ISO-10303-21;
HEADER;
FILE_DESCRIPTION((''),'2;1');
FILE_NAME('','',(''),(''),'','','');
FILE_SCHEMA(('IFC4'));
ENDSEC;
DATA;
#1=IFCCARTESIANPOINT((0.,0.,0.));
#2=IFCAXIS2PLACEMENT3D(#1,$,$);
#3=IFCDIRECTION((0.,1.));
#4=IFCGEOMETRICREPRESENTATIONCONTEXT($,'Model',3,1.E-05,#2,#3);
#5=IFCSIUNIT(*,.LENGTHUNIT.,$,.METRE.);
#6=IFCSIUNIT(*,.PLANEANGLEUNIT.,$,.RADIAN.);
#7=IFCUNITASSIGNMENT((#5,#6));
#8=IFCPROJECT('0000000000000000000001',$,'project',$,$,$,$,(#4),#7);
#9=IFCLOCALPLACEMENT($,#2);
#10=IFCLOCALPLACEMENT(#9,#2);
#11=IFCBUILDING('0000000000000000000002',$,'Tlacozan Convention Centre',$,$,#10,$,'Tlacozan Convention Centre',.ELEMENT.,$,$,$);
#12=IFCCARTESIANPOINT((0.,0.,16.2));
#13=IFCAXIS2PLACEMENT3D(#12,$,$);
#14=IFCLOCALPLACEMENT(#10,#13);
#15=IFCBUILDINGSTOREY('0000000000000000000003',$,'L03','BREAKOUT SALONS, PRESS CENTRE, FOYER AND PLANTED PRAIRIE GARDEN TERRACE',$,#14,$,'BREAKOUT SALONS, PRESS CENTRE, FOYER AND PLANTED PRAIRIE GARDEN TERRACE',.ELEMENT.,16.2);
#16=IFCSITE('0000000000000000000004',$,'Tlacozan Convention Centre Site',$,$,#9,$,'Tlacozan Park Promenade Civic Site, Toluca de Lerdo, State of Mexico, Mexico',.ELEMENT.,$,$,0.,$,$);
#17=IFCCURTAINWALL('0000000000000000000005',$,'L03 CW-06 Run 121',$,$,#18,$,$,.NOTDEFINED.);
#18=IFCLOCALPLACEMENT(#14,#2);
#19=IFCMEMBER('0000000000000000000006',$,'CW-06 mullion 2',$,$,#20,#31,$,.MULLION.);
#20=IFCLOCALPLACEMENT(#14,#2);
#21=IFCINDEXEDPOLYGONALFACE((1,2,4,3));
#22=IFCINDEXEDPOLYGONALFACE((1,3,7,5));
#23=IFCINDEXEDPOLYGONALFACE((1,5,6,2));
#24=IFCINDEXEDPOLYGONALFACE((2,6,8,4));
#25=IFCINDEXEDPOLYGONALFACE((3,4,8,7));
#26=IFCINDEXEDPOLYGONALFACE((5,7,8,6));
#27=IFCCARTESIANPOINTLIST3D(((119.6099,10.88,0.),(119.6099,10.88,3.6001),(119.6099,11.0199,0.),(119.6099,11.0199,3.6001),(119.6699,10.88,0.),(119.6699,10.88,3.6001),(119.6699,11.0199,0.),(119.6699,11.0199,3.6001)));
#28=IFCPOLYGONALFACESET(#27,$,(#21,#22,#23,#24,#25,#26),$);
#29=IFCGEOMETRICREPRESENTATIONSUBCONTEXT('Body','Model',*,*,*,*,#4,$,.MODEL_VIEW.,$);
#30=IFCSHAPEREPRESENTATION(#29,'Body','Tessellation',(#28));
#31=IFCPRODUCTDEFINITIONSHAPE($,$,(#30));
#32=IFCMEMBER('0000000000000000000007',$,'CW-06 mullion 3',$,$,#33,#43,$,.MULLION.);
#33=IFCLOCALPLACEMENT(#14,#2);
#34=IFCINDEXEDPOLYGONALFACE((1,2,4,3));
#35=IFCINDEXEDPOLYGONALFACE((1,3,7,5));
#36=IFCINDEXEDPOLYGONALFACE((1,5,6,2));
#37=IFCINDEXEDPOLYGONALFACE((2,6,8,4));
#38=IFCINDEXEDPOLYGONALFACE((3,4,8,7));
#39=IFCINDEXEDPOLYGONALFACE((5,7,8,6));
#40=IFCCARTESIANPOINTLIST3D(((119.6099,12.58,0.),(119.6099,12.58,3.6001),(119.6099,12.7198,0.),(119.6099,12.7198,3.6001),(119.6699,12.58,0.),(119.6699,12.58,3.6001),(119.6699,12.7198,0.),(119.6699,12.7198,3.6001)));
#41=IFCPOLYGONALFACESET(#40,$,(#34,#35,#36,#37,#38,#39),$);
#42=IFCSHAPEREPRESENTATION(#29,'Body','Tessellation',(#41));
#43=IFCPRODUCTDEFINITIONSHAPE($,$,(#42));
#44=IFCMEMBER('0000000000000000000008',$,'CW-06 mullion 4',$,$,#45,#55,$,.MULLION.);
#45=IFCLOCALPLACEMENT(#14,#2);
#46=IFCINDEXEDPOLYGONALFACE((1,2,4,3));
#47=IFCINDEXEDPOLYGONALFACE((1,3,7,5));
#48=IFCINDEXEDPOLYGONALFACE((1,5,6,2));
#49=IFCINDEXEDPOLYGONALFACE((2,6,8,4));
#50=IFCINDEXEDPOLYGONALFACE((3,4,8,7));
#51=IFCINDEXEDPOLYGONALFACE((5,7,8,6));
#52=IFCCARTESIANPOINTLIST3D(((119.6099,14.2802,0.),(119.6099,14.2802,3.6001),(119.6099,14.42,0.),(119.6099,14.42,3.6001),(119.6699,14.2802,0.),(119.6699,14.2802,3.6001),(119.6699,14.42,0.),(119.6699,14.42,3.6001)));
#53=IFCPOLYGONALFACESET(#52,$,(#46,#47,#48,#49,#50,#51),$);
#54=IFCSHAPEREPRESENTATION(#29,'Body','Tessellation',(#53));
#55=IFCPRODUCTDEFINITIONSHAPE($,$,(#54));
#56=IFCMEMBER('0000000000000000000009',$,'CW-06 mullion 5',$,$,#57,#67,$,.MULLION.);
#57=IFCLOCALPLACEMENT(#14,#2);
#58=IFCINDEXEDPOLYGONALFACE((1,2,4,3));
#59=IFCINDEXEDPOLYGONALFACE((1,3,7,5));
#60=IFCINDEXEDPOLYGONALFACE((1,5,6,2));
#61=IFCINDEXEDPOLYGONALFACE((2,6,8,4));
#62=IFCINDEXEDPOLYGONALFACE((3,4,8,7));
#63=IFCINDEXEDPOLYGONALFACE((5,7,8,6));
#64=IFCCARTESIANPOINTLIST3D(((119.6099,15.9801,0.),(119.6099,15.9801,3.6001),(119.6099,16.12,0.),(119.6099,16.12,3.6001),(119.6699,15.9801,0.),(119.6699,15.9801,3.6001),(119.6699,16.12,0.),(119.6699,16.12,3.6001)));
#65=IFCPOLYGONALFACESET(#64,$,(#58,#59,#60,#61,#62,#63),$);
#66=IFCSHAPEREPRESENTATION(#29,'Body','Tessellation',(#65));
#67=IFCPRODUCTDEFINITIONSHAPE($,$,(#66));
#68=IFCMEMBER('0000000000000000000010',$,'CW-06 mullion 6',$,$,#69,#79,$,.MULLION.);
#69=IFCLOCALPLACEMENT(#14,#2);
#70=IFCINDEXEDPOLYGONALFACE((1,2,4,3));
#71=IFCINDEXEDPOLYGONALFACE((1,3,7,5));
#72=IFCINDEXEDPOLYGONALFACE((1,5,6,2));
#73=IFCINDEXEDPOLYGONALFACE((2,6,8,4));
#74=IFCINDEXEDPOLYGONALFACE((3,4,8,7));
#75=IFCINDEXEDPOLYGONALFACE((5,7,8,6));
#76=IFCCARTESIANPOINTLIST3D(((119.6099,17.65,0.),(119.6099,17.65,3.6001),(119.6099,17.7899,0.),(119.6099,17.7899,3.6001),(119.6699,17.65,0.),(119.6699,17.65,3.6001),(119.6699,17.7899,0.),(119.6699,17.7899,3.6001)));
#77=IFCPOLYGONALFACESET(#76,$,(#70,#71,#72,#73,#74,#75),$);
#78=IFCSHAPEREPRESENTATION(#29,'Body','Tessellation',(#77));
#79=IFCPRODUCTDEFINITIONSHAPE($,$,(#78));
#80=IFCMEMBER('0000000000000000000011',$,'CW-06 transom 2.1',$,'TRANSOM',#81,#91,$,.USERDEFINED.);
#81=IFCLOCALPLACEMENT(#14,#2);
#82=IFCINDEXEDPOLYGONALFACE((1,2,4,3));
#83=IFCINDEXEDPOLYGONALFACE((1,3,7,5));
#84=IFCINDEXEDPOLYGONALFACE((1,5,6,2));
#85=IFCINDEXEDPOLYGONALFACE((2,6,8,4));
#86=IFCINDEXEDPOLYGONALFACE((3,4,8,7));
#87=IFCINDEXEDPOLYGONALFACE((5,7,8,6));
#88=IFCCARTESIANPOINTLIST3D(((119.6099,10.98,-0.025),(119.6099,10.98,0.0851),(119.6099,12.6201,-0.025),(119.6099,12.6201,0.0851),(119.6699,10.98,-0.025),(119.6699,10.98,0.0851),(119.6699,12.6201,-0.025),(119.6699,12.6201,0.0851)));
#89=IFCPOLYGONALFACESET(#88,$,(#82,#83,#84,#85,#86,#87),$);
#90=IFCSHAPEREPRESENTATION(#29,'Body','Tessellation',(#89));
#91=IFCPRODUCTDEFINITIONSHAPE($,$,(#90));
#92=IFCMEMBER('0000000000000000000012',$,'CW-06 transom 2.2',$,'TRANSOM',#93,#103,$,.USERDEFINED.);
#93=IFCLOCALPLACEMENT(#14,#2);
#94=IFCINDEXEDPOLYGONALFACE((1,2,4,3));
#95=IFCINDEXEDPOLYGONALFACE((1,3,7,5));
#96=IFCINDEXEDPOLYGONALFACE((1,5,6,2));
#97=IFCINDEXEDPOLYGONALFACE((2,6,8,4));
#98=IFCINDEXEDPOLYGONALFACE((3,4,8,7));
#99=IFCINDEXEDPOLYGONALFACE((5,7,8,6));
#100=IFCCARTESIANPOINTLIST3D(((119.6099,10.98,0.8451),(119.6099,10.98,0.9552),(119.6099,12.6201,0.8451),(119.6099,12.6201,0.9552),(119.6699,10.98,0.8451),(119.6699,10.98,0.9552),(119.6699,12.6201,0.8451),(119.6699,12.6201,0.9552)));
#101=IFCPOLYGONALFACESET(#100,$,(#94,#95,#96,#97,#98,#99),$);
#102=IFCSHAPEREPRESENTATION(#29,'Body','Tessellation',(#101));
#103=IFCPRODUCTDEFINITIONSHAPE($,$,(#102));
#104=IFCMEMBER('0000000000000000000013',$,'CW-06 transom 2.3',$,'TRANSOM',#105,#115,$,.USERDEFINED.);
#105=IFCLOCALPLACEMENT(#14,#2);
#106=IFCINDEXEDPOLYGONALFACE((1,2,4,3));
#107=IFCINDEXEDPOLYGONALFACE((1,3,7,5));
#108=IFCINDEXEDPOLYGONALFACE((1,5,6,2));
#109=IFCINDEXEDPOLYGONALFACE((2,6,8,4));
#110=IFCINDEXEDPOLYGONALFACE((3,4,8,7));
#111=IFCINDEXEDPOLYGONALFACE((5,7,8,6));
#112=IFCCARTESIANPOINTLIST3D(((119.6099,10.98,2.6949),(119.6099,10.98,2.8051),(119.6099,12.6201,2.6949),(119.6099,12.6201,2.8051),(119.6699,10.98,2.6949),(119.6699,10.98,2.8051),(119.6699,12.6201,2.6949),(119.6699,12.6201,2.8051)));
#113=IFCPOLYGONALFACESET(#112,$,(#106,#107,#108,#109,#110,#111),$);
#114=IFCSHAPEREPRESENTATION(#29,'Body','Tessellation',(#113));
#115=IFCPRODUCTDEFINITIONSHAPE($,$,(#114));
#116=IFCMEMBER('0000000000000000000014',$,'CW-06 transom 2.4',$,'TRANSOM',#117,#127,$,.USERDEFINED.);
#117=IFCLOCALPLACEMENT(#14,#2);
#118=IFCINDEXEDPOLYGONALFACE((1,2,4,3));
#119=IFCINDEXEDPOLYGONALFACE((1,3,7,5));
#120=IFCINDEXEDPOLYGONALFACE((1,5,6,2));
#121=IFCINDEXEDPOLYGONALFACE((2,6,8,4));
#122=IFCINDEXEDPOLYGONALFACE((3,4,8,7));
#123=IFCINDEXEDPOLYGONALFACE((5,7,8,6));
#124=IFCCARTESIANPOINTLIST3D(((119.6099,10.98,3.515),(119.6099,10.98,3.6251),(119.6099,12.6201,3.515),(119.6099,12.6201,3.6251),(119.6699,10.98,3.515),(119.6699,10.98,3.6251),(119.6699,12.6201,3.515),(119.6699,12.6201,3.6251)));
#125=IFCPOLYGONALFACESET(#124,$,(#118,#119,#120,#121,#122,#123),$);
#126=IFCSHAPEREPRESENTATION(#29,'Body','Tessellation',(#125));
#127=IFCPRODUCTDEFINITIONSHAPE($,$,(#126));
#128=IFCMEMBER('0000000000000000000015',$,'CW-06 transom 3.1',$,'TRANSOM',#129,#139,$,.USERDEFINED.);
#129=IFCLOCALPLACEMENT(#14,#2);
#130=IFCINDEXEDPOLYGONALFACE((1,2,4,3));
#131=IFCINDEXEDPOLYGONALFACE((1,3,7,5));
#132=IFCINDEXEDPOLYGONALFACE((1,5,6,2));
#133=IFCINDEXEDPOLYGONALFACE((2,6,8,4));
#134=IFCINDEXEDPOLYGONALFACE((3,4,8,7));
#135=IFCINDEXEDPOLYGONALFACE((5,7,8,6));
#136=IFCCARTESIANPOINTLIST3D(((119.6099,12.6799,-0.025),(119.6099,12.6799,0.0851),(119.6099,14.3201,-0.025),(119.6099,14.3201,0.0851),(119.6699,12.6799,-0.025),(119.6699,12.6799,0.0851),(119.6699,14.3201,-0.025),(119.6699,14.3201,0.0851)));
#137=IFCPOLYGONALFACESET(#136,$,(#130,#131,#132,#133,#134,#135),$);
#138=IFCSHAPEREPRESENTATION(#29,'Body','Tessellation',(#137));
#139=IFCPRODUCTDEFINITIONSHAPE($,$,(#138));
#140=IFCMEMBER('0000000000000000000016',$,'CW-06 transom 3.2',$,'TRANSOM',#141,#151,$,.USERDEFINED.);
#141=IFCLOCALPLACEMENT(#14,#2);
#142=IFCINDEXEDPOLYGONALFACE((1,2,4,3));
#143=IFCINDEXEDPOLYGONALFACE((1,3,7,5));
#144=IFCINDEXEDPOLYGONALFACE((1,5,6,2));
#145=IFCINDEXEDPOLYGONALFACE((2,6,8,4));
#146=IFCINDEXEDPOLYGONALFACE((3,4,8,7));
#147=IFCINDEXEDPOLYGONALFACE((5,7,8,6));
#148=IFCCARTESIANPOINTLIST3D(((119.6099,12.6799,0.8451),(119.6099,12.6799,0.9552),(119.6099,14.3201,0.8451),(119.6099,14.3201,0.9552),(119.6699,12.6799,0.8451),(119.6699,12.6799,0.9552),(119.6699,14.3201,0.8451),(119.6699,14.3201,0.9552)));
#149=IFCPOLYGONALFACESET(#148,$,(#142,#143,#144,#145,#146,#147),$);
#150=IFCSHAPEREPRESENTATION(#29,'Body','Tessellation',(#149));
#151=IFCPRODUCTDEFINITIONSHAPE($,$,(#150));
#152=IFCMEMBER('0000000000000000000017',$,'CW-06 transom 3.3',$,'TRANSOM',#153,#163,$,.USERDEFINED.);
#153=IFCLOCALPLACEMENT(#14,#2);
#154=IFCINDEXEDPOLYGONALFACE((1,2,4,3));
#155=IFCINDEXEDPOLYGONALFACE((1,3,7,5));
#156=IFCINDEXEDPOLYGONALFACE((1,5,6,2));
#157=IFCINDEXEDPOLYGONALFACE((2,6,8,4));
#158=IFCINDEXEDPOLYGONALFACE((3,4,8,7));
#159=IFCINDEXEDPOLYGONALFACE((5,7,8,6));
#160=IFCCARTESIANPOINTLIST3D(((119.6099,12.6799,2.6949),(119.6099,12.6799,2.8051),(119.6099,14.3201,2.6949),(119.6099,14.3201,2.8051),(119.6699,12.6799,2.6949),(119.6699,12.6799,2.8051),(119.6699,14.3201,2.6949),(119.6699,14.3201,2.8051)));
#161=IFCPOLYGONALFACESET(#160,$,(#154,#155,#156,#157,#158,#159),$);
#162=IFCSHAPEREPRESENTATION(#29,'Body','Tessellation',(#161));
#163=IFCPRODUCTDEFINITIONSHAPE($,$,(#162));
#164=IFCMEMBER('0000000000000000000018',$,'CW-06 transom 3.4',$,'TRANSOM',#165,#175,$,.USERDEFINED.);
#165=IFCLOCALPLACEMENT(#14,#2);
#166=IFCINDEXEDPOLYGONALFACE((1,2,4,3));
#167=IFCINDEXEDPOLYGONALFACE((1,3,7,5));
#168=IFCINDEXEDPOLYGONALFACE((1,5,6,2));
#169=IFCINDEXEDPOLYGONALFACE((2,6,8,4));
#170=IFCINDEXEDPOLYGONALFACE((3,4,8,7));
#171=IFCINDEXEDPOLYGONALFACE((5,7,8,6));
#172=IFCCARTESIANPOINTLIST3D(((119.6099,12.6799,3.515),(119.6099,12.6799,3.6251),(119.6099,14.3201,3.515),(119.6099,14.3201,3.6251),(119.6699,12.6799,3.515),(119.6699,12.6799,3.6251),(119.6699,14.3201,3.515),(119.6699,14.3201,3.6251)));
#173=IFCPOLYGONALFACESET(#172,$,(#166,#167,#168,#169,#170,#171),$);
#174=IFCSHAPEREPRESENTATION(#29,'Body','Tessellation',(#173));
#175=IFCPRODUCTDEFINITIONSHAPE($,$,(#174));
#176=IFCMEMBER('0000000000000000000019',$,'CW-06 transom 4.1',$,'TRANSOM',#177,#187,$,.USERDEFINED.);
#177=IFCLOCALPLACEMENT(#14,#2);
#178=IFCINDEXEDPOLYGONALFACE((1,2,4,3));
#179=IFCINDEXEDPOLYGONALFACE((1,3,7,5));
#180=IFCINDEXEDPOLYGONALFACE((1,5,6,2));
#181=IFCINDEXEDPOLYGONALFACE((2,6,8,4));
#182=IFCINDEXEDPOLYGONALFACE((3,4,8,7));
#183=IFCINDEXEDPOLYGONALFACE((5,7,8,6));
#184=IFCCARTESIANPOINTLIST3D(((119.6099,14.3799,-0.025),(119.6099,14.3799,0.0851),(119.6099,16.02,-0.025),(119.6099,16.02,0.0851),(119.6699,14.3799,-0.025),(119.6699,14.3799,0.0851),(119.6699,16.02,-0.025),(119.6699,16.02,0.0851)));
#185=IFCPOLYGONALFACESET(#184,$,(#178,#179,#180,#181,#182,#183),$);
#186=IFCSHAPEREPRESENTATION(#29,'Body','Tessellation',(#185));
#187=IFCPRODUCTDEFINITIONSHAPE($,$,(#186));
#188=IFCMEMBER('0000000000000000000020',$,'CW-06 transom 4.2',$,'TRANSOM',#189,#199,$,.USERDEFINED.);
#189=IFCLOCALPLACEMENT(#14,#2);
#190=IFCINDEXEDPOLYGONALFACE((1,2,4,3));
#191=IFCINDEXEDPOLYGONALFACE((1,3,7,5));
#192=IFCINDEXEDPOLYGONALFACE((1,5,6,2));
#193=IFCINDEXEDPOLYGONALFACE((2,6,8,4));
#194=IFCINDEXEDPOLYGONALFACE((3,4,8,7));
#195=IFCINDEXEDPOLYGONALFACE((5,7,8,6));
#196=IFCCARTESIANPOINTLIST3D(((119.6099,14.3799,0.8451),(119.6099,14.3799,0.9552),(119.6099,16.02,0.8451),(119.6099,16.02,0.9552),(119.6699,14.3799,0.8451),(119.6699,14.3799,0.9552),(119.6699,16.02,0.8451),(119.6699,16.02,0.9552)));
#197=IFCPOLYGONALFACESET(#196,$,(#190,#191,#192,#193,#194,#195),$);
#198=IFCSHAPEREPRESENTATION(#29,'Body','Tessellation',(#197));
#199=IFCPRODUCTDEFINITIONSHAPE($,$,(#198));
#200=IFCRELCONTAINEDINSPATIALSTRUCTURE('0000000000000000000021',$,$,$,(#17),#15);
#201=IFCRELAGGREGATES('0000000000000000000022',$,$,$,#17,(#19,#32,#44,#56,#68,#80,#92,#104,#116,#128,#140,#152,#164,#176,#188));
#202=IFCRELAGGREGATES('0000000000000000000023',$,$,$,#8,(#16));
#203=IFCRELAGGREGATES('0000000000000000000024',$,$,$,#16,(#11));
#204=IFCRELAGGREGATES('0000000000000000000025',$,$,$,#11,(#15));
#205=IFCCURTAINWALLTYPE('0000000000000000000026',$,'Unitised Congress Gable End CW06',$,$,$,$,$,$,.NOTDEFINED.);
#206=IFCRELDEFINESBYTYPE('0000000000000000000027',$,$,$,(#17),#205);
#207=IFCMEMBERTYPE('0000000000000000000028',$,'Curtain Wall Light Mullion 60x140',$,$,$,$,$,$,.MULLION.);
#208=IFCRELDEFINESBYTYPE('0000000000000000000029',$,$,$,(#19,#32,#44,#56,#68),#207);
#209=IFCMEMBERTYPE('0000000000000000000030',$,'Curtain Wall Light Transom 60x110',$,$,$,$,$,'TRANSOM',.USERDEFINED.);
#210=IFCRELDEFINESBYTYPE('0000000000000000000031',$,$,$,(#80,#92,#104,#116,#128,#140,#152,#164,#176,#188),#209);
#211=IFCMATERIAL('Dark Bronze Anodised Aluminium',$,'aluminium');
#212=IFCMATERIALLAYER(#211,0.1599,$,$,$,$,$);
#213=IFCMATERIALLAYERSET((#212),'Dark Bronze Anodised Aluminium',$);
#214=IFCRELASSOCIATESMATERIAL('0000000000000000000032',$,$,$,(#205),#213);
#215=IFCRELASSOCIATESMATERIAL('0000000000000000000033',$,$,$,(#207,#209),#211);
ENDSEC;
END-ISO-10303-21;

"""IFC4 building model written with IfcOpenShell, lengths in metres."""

from ifc_helpers import new_model, si_unit, direction, frame, origin, origin_2d, place, context, subcontext, project, spatial, rectangle, extrude, material, layer, layer_set, material_profile, profile_set, type_object, element, aggregate, save


model = new_model("IFC4")

# Units and contexts
model_context = context("Model", 3, precision=1e-05, world=origin(), true_north=direction((0.0, 1.0)))
body_context = subcontext(model_context, "Body", "Model", "MODEL_VIEW")
ifc_project = project(units=[si_unit("LENGTHUNIT", "METRE"), si_unit("PLANEANGLEUNIT", "RADIAN")], contexts=[model_context])

# Site, building, storey
site_placement = place(None, origin())
site = spatial("IfcSite", under=ifc_project, at=site_placement, Name="Tlacozan Convention Centre Site", LongName="Tlacozan Park Promenade Civic Site, Toluca de Lerdo, State of Mexico, Mexico", CompositionType="ELEMENT", RefElevation=0.0)
building_placement = place(site_placement, origin())
building = spatial("IfcBuilding", under=site, at=building_placement, Name="Tlacozan Convention Centre", LongName="Tlacozan Convention Centre", CompositionType="ELEMENT")
storey_placement = place(building_placement, frame((0.0, 0.0, 16.2)))
storey = spatial("IfcBuildingStorey", under=building, at=storey_placement, Name="L03", Description="BREAKOUT SALONS, PRESS CENTRE, FOYER AND PLANTED PRAIRIE GARDEN TERRACE", LongName="BREAKOUT SALONS, PRESS CENTRE, FOYER AND PLANTED PRAIRIE GARDEN TERRACE", CompositionType="ELEMENT", Elevation=16.2)

# Curtain wall, members
ifc_material_1 = material(Name="Dark Bronze Anodised Aluminium", Category="aluminium")
ifc_layer_1 = layer(ifc_material_1, 0.1599)
ifc_layer_set_1 = layer_set([ifc_layer_1], Name="Dark Bronze Anodised Aluminium")
curtain_wall_type = type_object("IfcCurtainWallType", Name="Unitised Congress Gable End CW06", PredefinedType="NOTDEFINED", material=ifc_layer_set_1)
curtain_wall_placement = place(storey_placement, origin())
curtain_wall = element("IfcCurtainWall", 1, at=curtain_wall_placement, inside=storey, type_object=curtain_wall_type, Name="L03 CW-06 Run 121", PredefinedType="NOTDEFINED")
ifc_material_profile_1 = material_profile(ifc_material_1, rectangle(XDim=0.0601, YDim=0.1399, at=origin_2d()), Name="ALU 60x140")
ifc_profile_set_1 = profile_set([ifc_material_profile_1], Name="Dark Bronze Anodised Aluminium")
member_type_1 = type_object("IfcMemberType", Name="Curtain Wall Light Mullion 60x140", PredefinedType="MULLION", material=ifc_profile_set_1)
member_1_placement = place(storey_placement, frame((119.6399, 10.95, 0.0), z_axis=(0.0, 0.0, 1.0), x_axis=(-1.0, 0.0, 0.0)))
member_1 = element("IfcMember", 2, at=member_1_placement, type_object=member_type_1, Name="CW-06 mullion 2", PredefinedType="MULLION", context=body_context, shape_type="SweptSolid", body=[
    extrude(rectangle(XDim=0.0601, YDim=0.1399, at=origin_2d()), origin(), (0.0, 0.0, 1.0), 3.6001),
])
member_2_placement = place(storey_placement, frame((119.6399, 12.6499, 0.0), z_axis=(0.0, 0.0, 1.0), x_axis=(-1.0, 0.0, 0.0)))
member_2 = element("IfcMember", 3, at=member_2_placement, type_object=member_type_1, Name="CW-06 mullion 3", PredefinedType="MULLION", context=body_context, shape_type="SweptSolid", body=[
    extrude(rectangle(XDim=0.0601, YDim=0.1399, at=origin_2d()), origin(), (0.0, 0.0, 1.0), 3.6001),
])
member_3_placement = place(storey_placement, frame((119.6399, 14.3501, 0.0), z_axis=(0.0, 0.0, 1.0), x_axis=(-1.0, 0.0, 0.0)))
member_3 = element("IfcMember", 4, at=member_3_placement, type_object=member_type_1, Name="CW-06 mullion 4", PredefinedType="MULLION", context=body_context, shape_type="SweptSolid", body=[
    extrude(rectangle(XDim=0.0601, YDim=0.1399, at=origin_2d()), origin(), (0.0, 0.0, 1.0), 3.6001),
])
member_4_placement = place(storey_placement, frame((119.6399, 16.05, 0.0), z_axis=(0.0, 0.0, 1.0), x_axis=(-1.0, 0.0, 0.0)))
member_4 = element("IfcMember", 5, at=member_4_placement, type_object=member_type_1, Name="CW-06 mullion 5", PredefinedType="MULLION", context=body_context, shape_type="SweptSolid", body=[
    extrude(rectangle(XDim=0.0601, YDim=0.1399, at=origin_2d()), origin(), (0.0, 0.0, 1.0), 3.6001),
])
member_5_placement = place(storey_placement, frame((119.6399, 17.72, 0.0), z_axis=(0.0, 0.0, 1.0), x_axis=(-1.0, 0.0, 0.0)))
member_5 = element("IfcMember", 6, at=member_5_placement, type_object=member_type_1, Name="CW-06 mullion 6", PredefinedType="MULLION", context=body_context, shape_type="SweptSolid", body=[
    extrude(rectangle(XDim=0.0601, YDim=0.1399, at=origin_2d()), origin(), (0.0, 0.0, 1.0), 3.6001),
])
ifc_material_profile_2 = material_profile(ifc_material_1, rectangle(XDim=0.0601, YDim=0.1101, at=origin_2d()), Name="ALU 60x110")
ifc_profile_set_2 = profile_set([ifc_material_profile_2], Name="Dark Bronze Anodised Aluminium")
member_type_2 = type_object("IfcMemberType", Name="Curtain Wall Light Transom 60x110", ElementType="TRANSOM", PredefinedType="USERDEFINED", material=ifc_profile_set_2)
member_6_placement = place(storey_placement, frame((119.6399, 10.98, 0.03), z_axis=(0.0, 1.0, 0.0), x_axis=(-1.0, 0.0, 0.0)))
member_6 = element("IfcMember", 7, at=member_6_placement, type_object=member_type_2, Name="CW-06 transom 2.1", ObjectType="TRANSOM", PredefinedType="USERDEFINED", context=body_context, shape_type="SweptSolid", body=[
    extrude(rectangle(XDim=0.0601, YDim=0.1101, at=origin_2d()), origin(), (0.0, 0.0, 1.0), 1.6401),
])
member_7_placement = place(storey_placement, frame((119.6399, 10.98, 0.9001), z_axis=(0.0, 1.0, 0.0), x_axis=(-1.0, 0.0, 0.0)))
member_7 = element("IfcMember", 8, at=member_7_placement, type_object=member_type_2, Name="CW-06 transom 2.2", ObjectType="TRANSOM", PredefinedType="USERDEFINED", context=body_context, shape_type="SweptSolid", body=[
    extrude(rectangle(XDim=0.0601, YDim=0.1101, at=origin_2d()), origin(), (0.0, 0.0, 1.0), 1.6401),
])
member_8_placement = place(storey_placement, frame((119.6399, 10.98, 2.75), z_axis=(0.0, 1.0, 0.0), x_axis=(-1.0, 0.0, 0.0)))
member_8 = element("IfcMember", 9, at=member_8_placement, type_object=member_type_2, Name="CW-06 transom 2.3", ObjectType="TRANSOM", PredefinedType="USERDEFINED", context=body_context, shape_type="SweptSolid", body=[
    extrude(rectangle(XDim=0.0601, YDim=0.1101, at=origin_2d()), origin(), (0.0, 0.0, 1.0), 1.6401),
])
member_9_placement = place(storey_placement, frame((119.6399, 10.98, 3.5701), z_axis=(0.0, 1.0, 0.0), x_axis=(-1.0, 0.0, 0.0)))
member_9 = element("IfcMember", 10, at=member_9_placement, type_object=member_type_2, Name="CW-06 transom 2.4", ObjectType="TRANSOM", PredefinedType="USERDEFINED", context=body_context, shape_type="SweptSolid", body=[
    extrude(rectangle(XDim=0.0601, YDim=0.1101, at=origin_2d()), origin(), (0.0, 0.0, 1.0), 1.6401),
])
member_10_placement = place(storey_placement, frame((119.6399, 12.6799, 0.03), z_axis=(0.0, 1.0, 0.0), x_axis=(-1.0, 0.0, 0.0)))
member_10 = element("IfcMember", 11, at=member_10_placement, type_object=member_type_2, Name="CW-06 transom 3.1", ObjectType="TRANSOM", PredefinedType="USERDEFINED", context=body_context, shape_type="SweptSolid", body=[
    extrude(rectangle(XDim=0.0601, YDim=0.1101, at=origin_2d()), origin(), (0.0, 0.0, 1.0), 1.6401),
])
member_11_placement = place(storey_placement, frame((119.6399, 12.6799, 0.9001), z_axis=(0.0, 1.0, 0.0), x_axis=(-1.0, 0.0, 0.0)))
member_11 = element("IfcMember", 12, at=member_11_placement, type_object=member_type_2, Name="CW-06 transom 3.2", ObjectType="TRANSOM", PredefinedType="USERDEFINED", context=body_context, shape_type="SweptSolid", body=[
    extrude(rectangle(XDim=0.0601, YDim=0.1101, at=origin_2d()), origin(), (0.0, 0.0, 1.0), 1.6401),
])
member_12_placement = place(storey_placement, frame((119.6399, 12.6799, 2.75), z_axis=(0.0, 1.0, 0.0), x_axis=(-1.0, 0.0, 0.0)))
member_12 = element("IfcMember", 13, at=member_12_placement, type_object=member_type_2, Name="CW-06 transom 3.3", ObjectType="TRANSOM", PredefinedType="USERDEFINED", context=body_context, shape_type="SweptSolid", body=[
    extrude(rectangle(XDim=0.0601, YDim=0.1101, at=origin_2d()), origin(), (0.0, 0.0, 1.0), 1.6401),
])
member_13_placement = place(storey_placement, frame((119.6399, 12.6799, 3.5701), z_axis=(0.0, 1.0, 0.0), x_axis=(-1.0, 0.0, 0.0)))
member_13 = element("IfcMember", 14, at=member_13_placement, type_object=member_type_2, Name="CW-06 transom 3.4", ObjectType="TRANSOM", PredefinedType="USERDEFINED", context=body_context, shape_type="SweptSolid", body=[
    extrude(rectangle(XDim=0.0601, YDim=0.1101, at=origin_2d()), origin(), (0.0, 0.0, 1.0), 1.6401),
])
member_14_placement = place(storey_placement, frame((119.6399, 14.3799, 0.03), z_axis=(0.0, 1.0, 0.0), x_axis=(-1.0, 0.0, 0.0)))
member_14 = element("IfcMember", 15, at=member_14_placement, type_object=member_type_2, Name="CW-06 transom 4.1", ObjectType="TRANSOM", PredefinedType="USERDEFINED", context=body_context, shape_type="SweptSolid", body=[
    extrude(rectangle(XDim=0.0601, YDim=0.1101, at=origin_2d()), origin(), (0.0, 0.0, 1.0), 1.6401),
])
member_15_placement = place(storey_placement, frame((119.6399, 14.3799, 0.9001), z_axis=(0.0, 1.0, 0.0), x_axis=(-1.0, 0.0, 0.0)))
member_15 = element("IfcMember", 16, at=member_15_placement, type_object=member_type_2, Name="CW-06 transom 4.2", ObjectType="TRANSOM", PredefinedType="USERDEFINED", context=body_context, shape_type="SweptSolid", body=[
    extrude(rectangle(XDim=0.0601, YDim=0.1101, at=origin_2d()), origin(), (0.0, 0.0, 1.0), 1.6401),
])
aggregate(curtain_wall, [member_1, member_2, member_3, member_4, member_5, member_6, member_7, member_8, member_9, member_10, member_11, member_12, member_13, member_14, member_15])

save(model, "model.ifc")
